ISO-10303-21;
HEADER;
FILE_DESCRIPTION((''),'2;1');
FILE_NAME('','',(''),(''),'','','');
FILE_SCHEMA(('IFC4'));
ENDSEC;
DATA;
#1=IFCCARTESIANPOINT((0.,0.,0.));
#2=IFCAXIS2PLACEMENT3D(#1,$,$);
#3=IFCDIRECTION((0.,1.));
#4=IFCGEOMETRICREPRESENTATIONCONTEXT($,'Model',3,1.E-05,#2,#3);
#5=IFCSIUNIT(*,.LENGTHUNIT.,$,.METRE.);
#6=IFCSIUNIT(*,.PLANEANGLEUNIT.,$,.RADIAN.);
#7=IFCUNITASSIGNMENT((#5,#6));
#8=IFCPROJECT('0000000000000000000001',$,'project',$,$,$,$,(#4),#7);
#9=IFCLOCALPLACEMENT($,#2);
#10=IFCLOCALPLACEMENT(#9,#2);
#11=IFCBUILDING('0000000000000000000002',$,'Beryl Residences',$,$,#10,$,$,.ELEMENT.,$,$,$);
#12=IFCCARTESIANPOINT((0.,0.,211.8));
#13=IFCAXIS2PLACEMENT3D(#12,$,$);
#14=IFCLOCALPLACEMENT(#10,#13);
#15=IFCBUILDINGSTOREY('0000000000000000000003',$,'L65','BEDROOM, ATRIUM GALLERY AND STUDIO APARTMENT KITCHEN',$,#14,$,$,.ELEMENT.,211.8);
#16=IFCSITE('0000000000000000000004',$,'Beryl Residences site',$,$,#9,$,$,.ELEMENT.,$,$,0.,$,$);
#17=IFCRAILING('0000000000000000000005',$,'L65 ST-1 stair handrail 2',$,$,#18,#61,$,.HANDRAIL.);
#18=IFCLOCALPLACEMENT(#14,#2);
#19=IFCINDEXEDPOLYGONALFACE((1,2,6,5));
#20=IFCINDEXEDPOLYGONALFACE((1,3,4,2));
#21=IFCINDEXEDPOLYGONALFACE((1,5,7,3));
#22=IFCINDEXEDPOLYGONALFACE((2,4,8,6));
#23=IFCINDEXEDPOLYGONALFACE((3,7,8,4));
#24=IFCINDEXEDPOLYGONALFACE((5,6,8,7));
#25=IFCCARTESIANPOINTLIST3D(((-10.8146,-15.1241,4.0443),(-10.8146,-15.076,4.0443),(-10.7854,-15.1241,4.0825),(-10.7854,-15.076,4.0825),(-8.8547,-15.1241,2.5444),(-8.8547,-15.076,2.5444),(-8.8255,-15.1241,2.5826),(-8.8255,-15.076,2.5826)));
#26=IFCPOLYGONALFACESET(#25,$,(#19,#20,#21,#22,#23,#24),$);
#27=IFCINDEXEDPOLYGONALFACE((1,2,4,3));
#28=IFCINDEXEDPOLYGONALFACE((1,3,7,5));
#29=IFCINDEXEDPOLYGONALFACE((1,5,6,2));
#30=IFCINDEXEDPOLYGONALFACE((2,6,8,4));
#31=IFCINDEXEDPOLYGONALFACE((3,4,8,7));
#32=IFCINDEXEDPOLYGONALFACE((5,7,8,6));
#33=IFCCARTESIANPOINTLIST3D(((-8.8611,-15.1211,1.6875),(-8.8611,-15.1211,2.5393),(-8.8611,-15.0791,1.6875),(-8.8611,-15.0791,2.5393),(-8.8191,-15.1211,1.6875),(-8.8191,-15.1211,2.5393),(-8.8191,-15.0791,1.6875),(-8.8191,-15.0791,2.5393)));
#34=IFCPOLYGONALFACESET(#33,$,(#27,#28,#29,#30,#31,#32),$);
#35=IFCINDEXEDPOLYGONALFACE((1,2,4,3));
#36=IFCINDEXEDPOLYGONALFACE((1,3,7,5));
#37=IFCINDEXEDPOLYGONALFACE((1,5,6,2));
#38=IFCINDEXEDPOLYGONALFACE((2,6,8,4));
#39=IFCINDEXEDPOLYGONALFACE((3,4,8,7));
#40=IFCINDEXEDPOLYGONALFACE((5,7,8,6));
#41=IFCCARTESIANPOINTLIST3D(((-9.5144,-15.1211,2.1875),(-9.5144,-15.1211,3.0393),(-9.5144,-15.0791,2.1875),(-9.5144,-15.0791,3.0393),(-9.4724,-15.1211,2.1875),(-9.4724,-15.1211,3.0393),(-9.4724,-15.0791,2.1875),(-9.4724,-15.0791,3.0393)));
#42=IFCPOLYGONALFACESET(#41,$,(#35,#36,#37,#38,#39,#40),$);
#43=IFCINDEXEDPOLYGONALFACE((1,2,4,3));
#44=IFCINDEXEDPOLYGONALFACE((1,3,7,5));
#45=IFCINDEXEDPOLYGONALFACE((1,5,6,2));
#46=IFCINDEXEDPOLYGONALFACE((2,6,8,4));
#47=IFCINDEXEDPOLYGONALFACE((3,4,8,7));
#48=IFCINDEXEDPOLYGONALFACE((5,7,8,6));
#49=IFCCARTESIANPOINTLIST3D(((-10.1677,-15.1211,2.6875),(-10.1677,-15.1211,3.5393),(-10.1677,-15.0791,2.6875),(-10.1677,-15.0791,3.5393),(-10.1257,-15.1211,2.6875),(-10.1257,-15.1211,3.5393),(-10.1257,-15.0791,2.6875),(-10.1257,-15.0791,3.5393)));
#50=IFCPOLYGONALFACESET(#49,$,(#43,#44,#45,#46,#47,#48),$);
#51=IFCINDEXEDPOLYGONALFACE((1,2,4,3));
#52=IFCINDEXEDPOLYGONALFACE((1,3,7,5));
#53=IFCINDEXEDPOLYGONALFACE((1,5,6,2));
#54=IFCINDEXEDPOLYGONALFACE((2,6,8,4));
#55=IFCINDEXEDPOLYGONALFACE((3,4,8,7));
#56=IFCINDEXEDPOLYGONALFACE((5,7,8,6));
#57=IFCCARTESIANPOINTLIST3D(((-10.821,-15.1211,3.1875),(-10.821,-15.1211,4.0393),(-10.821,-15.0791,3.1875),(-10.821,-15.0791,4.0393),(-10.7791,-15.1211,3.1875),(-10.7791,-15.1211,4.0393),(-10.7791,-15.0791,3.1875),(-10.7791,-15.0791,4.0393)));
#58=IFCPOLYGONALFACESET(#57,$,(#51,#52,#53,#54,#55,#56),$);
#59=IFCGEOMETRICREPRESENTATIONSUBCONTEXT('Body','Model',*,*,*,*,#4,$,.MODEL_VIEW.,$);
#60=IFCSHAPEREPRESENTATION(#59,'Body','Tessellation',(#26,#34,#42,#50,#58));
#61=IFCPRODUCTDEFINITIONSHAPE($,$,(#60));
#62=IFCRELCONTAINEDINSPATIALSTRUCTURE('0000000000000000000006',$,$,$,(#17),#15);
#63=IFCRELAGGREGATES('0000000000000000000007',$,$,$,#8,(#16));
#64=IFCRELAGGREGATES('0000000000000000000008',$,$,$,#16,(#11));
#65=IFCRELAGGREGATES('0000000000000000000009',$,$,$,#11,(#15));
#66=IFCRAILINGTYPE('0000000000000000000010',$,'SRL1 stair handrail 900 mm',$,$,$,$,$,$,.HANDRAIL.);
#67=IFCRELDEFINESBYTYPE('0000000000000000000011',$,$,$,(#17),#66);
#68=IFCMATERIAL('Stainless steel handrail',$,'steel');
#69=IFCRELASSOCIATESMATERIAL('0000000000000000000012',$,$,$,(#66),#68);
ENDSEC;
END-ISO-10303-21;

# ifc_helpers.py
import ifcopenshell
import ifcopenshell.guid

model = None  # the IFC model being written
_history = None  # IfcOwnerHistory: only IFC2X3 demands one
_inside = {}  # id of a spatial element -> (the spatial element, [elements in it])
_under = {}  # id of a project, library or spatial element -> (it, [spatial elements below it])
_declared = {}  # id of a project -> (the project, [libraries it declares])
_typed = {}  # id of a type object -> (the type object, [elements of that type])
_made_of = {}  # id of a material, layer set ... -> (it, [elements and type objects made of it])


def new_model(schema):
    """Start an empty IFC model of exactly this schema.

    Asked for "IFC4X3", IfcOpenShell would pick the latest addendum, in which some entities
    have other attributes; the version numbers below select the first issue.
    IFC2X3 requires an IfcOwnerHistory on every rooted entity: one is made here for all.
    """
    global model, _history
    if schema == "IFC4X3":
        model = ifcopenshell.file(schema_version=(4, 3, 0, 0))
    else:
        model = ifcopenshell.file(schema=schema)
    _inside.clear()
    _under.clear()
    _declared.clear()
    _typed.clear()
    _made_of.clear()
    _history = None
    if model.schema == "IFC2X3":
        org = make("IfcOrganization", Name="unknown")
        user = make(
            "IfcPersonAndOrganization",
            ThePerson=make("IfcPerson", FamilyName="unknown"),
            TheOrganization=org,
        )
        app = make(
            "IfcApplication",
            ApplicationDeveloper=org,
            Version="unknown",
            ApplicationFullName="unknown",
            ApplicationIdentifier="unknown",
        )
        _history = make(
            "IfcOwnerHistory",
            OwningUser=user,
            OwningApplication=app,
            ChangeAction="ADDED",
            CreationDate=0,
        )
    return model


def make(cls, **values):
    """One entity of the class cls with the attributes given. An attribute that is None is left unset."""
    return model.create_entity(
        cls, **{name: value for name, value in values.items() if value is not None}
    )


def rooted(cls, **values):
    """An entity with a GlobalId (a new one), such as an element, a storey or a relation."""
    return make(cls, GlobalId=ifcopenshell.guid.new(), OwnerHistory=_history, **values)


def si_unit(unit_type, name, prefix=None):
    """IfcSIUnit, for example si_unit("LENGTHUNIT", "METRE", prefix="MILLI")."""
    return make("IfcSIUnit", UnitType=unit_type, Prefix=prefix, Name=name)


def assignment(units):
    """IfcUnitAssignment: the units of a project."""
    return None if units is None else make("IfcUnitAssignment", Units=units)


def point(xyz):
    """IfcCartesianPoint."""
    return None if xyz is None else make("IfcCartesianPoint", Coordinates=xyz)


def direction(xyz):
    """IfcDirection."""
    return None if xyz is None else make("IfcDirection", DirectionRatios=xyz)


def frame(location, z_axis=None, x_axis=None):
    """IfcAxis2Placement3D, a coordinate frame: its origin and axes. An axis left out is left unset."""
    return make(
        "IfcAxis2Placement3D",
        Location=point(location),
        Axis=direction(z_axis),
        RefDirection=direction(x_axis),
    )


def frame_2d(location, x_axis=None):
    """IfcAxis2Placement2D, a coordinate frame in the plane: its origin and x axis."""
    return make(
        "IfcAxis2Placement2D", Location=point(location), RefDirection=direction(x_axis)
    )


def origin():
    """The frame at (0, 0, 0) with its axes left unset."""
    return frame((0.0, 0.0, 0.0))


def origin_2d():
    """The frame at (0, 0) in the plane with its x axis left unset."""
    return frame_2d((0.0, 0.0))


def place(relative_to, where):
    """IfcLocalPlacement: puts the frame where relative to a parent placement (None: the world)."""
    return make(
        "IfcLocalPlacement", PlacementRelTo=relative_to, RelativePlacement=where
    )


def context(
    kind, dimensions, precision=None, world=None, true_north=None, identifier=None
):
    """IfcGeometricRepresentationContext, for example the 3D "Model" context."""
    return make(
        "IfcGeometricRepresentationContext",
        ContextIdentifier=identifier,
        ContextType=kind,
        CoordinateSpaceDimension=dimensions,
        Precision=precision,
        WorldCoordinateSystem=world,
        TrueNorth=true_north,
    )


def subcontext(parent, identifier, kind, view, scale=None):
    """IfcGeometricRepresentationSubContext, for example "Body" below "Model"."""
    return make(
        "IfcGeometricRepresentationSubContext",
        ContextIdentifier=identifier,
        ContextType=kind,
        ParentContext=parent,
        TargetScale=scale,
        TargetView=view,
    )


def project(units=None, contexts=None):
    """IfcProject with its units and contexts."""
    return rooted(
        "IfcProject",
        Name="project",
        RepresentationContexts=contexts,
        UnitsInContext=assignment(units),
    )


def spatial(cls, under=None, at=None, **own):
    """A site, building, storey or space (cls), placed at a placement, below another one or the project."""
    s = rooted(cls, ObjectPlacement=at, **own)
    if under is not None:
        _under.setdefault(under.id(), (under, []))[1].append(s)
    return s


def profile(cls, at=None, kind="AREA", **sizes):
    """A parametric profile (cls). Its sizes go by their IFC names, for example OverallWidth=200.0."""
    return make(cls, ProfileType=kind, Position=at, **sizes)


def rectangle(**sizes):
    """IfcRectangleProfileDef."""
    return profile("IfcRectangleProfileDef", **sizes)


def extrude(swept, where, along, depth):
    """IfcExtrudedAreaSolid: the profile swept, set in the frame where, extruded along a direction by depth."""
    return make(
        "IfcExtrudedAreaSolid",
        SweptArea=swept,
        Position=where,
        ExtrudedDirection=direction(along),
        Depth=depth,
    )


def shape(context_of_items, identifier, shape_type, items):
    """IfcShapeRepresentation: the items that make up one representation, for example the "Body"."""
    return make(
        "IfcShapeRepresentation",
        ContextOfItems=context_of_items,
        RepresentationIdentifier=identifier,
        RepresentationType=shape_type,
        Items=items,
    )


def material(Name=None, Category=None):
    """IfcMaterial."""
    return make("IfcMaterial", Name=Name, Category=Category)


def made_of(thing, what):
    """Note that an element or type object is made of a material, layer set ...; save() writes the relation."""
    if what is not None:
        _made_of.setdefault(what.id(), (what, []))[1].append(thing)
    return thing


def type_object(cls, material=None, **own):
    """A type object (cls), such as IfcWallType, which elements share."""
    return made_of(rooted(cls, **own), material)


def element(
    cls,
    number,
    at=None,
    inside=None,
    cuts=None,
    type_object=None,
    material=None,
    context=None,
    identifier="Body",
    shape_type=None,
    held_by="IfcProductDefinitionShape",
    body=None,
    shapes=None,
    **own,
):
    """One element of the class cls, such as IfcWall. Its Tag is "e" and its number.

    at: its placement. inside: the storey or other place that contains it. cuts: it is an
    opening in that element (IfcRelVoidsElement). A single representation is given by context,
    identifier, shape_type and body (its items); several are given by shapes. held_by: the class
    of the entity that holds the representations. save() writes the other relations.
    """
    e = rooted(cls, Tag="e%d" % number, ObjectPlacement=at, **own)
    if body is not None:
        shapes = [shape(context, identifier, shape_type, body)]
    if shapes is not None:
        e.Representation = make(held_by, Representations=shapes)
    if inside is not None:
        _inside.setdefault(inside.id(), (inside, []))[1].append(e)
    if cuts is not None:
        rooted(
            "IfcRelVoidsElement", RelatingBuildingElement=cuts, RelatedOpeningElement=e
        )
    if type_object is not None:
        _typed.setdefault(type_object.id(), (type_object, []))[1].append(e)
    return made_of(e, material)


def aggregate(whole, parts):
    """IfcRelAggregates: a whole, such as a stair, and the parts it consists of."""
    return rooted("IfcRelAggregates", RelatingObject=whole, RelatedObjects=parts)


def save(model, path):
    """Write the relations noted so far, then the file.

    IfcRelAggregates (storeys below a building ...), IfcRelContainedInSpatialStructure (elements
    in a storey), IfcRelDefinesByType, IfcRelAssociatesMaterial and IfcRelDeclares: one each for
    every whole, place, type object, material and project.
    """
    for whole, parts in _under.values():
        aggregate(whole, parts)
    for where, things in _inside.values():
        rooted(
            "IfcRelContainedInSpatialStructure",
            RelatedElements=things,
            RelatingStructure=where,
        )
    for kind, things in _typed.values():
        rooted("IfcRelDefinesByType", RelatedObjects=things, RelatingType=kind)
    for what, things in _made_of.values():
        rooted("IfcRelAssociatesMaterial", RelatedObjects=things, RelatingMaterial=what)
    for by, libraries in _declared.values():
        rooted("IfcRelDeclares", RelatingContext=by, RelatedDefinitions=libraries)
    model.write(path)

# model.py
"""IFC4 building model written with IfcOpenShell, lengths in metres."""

from ifc_helpers import new_model, si_unit, direction, frame, origin, origin_2d, place, context, subcontext, project, spatial, rectangle, extrude, material, type_object, element, save


model = new_model("IFC4")

# Units and contexts
model_context = context("Model", 3, precision=1e-05, world=origin(), true_north=direction((0.0, 1.0)))
body_context = subcontext(model_context, "Body", "Model", "MODEL_VIEW")
ifc_project = project(units=[si_unit("LENGTHUNIT", "METRE"), si_unit("PLANEANGLEUNIT", "RADIAN")], contexts=[model_context])

# Site, building, storey
site_placement = place(None, origin())
site = spatial("IfcSite", under=ifc_project, at=site_placement, Name="Beryl Residences site", CompositionType="ELEMENT", RefElevation=0.0)
building_placement = place(site_placement, origin())
building = spatial("IfcBuilding", under=site, at=building_placement, Name="Beryl Residences", CompositionType="ELEMENT")
storey_placement = place(building_placement, frame((0.0, 0.0, 211.8)))
storey = spatial("IfcBuildingStorey", under=building, at=storey_placement, Name="L65", Description="BEDROOM, ATRIUM GALLERY AND STUDIO APARTMENT KITCHEN", CompositionType="ELEMENT", Elevation=211.8)

# Railing
ifc_material_1 = material(Name="Stainless steel handrail", Category="steel")
railing_type_1 = type_object("IfcRailingType", Name="SRL1 stair handrail 900 mm", PredefinedType="HANDRAIL", material=ifc_material_1)
railing_1_placement = place(storey_placement, frame((-8.8401, -15.1001, 1.6875)))
element("IfcRailing", 1, at=railing_1_placement, inside=storey, type_object=railing_type_1, Name="L65 ST-1 stair handrail 2", PredefinedType="HANDRAIL", context=body_context, shape_type="SweptSolid", body=[
    extrude(rectangle(XDim=0.0481, YDim=0.0481, at=origin_2d()), frame((0.0, 0.0, 0.876), z_axis=(-0.794122, 0.0, 0.607758), x_axis=(0.0, -1.0, 0.0)), (0.0, 0.0, 1.0), 2.468),
    extrude(rectangle(XDim=0.042, YDim=0.042, at=origin_2d()), origin(), (0.0, 0.0, 1.0), 0.8518),
    extrude(rectangle(XDim=0.042, YDim=0.042, at=origin_2d()), frame((-0.6533, 0.0, 0.5)), (0.0, 0.0, 1.0), 0.8518),
    extrude(rectangle(XDim=0.042, YDim=0.042, at=origin_2d()), frame((-1.3066, 0.0, 1.0)), (0.0, 0.0, 1.0), 0.8518),
    extrude(rectangle(XDim=0.042, YDim=0.042, at=origin_2d()), frame((-1.96, 0.0, 1.5)), (0.0, 0.0, 1.0), 0.8518),
])

save(model, "model.ifc")
